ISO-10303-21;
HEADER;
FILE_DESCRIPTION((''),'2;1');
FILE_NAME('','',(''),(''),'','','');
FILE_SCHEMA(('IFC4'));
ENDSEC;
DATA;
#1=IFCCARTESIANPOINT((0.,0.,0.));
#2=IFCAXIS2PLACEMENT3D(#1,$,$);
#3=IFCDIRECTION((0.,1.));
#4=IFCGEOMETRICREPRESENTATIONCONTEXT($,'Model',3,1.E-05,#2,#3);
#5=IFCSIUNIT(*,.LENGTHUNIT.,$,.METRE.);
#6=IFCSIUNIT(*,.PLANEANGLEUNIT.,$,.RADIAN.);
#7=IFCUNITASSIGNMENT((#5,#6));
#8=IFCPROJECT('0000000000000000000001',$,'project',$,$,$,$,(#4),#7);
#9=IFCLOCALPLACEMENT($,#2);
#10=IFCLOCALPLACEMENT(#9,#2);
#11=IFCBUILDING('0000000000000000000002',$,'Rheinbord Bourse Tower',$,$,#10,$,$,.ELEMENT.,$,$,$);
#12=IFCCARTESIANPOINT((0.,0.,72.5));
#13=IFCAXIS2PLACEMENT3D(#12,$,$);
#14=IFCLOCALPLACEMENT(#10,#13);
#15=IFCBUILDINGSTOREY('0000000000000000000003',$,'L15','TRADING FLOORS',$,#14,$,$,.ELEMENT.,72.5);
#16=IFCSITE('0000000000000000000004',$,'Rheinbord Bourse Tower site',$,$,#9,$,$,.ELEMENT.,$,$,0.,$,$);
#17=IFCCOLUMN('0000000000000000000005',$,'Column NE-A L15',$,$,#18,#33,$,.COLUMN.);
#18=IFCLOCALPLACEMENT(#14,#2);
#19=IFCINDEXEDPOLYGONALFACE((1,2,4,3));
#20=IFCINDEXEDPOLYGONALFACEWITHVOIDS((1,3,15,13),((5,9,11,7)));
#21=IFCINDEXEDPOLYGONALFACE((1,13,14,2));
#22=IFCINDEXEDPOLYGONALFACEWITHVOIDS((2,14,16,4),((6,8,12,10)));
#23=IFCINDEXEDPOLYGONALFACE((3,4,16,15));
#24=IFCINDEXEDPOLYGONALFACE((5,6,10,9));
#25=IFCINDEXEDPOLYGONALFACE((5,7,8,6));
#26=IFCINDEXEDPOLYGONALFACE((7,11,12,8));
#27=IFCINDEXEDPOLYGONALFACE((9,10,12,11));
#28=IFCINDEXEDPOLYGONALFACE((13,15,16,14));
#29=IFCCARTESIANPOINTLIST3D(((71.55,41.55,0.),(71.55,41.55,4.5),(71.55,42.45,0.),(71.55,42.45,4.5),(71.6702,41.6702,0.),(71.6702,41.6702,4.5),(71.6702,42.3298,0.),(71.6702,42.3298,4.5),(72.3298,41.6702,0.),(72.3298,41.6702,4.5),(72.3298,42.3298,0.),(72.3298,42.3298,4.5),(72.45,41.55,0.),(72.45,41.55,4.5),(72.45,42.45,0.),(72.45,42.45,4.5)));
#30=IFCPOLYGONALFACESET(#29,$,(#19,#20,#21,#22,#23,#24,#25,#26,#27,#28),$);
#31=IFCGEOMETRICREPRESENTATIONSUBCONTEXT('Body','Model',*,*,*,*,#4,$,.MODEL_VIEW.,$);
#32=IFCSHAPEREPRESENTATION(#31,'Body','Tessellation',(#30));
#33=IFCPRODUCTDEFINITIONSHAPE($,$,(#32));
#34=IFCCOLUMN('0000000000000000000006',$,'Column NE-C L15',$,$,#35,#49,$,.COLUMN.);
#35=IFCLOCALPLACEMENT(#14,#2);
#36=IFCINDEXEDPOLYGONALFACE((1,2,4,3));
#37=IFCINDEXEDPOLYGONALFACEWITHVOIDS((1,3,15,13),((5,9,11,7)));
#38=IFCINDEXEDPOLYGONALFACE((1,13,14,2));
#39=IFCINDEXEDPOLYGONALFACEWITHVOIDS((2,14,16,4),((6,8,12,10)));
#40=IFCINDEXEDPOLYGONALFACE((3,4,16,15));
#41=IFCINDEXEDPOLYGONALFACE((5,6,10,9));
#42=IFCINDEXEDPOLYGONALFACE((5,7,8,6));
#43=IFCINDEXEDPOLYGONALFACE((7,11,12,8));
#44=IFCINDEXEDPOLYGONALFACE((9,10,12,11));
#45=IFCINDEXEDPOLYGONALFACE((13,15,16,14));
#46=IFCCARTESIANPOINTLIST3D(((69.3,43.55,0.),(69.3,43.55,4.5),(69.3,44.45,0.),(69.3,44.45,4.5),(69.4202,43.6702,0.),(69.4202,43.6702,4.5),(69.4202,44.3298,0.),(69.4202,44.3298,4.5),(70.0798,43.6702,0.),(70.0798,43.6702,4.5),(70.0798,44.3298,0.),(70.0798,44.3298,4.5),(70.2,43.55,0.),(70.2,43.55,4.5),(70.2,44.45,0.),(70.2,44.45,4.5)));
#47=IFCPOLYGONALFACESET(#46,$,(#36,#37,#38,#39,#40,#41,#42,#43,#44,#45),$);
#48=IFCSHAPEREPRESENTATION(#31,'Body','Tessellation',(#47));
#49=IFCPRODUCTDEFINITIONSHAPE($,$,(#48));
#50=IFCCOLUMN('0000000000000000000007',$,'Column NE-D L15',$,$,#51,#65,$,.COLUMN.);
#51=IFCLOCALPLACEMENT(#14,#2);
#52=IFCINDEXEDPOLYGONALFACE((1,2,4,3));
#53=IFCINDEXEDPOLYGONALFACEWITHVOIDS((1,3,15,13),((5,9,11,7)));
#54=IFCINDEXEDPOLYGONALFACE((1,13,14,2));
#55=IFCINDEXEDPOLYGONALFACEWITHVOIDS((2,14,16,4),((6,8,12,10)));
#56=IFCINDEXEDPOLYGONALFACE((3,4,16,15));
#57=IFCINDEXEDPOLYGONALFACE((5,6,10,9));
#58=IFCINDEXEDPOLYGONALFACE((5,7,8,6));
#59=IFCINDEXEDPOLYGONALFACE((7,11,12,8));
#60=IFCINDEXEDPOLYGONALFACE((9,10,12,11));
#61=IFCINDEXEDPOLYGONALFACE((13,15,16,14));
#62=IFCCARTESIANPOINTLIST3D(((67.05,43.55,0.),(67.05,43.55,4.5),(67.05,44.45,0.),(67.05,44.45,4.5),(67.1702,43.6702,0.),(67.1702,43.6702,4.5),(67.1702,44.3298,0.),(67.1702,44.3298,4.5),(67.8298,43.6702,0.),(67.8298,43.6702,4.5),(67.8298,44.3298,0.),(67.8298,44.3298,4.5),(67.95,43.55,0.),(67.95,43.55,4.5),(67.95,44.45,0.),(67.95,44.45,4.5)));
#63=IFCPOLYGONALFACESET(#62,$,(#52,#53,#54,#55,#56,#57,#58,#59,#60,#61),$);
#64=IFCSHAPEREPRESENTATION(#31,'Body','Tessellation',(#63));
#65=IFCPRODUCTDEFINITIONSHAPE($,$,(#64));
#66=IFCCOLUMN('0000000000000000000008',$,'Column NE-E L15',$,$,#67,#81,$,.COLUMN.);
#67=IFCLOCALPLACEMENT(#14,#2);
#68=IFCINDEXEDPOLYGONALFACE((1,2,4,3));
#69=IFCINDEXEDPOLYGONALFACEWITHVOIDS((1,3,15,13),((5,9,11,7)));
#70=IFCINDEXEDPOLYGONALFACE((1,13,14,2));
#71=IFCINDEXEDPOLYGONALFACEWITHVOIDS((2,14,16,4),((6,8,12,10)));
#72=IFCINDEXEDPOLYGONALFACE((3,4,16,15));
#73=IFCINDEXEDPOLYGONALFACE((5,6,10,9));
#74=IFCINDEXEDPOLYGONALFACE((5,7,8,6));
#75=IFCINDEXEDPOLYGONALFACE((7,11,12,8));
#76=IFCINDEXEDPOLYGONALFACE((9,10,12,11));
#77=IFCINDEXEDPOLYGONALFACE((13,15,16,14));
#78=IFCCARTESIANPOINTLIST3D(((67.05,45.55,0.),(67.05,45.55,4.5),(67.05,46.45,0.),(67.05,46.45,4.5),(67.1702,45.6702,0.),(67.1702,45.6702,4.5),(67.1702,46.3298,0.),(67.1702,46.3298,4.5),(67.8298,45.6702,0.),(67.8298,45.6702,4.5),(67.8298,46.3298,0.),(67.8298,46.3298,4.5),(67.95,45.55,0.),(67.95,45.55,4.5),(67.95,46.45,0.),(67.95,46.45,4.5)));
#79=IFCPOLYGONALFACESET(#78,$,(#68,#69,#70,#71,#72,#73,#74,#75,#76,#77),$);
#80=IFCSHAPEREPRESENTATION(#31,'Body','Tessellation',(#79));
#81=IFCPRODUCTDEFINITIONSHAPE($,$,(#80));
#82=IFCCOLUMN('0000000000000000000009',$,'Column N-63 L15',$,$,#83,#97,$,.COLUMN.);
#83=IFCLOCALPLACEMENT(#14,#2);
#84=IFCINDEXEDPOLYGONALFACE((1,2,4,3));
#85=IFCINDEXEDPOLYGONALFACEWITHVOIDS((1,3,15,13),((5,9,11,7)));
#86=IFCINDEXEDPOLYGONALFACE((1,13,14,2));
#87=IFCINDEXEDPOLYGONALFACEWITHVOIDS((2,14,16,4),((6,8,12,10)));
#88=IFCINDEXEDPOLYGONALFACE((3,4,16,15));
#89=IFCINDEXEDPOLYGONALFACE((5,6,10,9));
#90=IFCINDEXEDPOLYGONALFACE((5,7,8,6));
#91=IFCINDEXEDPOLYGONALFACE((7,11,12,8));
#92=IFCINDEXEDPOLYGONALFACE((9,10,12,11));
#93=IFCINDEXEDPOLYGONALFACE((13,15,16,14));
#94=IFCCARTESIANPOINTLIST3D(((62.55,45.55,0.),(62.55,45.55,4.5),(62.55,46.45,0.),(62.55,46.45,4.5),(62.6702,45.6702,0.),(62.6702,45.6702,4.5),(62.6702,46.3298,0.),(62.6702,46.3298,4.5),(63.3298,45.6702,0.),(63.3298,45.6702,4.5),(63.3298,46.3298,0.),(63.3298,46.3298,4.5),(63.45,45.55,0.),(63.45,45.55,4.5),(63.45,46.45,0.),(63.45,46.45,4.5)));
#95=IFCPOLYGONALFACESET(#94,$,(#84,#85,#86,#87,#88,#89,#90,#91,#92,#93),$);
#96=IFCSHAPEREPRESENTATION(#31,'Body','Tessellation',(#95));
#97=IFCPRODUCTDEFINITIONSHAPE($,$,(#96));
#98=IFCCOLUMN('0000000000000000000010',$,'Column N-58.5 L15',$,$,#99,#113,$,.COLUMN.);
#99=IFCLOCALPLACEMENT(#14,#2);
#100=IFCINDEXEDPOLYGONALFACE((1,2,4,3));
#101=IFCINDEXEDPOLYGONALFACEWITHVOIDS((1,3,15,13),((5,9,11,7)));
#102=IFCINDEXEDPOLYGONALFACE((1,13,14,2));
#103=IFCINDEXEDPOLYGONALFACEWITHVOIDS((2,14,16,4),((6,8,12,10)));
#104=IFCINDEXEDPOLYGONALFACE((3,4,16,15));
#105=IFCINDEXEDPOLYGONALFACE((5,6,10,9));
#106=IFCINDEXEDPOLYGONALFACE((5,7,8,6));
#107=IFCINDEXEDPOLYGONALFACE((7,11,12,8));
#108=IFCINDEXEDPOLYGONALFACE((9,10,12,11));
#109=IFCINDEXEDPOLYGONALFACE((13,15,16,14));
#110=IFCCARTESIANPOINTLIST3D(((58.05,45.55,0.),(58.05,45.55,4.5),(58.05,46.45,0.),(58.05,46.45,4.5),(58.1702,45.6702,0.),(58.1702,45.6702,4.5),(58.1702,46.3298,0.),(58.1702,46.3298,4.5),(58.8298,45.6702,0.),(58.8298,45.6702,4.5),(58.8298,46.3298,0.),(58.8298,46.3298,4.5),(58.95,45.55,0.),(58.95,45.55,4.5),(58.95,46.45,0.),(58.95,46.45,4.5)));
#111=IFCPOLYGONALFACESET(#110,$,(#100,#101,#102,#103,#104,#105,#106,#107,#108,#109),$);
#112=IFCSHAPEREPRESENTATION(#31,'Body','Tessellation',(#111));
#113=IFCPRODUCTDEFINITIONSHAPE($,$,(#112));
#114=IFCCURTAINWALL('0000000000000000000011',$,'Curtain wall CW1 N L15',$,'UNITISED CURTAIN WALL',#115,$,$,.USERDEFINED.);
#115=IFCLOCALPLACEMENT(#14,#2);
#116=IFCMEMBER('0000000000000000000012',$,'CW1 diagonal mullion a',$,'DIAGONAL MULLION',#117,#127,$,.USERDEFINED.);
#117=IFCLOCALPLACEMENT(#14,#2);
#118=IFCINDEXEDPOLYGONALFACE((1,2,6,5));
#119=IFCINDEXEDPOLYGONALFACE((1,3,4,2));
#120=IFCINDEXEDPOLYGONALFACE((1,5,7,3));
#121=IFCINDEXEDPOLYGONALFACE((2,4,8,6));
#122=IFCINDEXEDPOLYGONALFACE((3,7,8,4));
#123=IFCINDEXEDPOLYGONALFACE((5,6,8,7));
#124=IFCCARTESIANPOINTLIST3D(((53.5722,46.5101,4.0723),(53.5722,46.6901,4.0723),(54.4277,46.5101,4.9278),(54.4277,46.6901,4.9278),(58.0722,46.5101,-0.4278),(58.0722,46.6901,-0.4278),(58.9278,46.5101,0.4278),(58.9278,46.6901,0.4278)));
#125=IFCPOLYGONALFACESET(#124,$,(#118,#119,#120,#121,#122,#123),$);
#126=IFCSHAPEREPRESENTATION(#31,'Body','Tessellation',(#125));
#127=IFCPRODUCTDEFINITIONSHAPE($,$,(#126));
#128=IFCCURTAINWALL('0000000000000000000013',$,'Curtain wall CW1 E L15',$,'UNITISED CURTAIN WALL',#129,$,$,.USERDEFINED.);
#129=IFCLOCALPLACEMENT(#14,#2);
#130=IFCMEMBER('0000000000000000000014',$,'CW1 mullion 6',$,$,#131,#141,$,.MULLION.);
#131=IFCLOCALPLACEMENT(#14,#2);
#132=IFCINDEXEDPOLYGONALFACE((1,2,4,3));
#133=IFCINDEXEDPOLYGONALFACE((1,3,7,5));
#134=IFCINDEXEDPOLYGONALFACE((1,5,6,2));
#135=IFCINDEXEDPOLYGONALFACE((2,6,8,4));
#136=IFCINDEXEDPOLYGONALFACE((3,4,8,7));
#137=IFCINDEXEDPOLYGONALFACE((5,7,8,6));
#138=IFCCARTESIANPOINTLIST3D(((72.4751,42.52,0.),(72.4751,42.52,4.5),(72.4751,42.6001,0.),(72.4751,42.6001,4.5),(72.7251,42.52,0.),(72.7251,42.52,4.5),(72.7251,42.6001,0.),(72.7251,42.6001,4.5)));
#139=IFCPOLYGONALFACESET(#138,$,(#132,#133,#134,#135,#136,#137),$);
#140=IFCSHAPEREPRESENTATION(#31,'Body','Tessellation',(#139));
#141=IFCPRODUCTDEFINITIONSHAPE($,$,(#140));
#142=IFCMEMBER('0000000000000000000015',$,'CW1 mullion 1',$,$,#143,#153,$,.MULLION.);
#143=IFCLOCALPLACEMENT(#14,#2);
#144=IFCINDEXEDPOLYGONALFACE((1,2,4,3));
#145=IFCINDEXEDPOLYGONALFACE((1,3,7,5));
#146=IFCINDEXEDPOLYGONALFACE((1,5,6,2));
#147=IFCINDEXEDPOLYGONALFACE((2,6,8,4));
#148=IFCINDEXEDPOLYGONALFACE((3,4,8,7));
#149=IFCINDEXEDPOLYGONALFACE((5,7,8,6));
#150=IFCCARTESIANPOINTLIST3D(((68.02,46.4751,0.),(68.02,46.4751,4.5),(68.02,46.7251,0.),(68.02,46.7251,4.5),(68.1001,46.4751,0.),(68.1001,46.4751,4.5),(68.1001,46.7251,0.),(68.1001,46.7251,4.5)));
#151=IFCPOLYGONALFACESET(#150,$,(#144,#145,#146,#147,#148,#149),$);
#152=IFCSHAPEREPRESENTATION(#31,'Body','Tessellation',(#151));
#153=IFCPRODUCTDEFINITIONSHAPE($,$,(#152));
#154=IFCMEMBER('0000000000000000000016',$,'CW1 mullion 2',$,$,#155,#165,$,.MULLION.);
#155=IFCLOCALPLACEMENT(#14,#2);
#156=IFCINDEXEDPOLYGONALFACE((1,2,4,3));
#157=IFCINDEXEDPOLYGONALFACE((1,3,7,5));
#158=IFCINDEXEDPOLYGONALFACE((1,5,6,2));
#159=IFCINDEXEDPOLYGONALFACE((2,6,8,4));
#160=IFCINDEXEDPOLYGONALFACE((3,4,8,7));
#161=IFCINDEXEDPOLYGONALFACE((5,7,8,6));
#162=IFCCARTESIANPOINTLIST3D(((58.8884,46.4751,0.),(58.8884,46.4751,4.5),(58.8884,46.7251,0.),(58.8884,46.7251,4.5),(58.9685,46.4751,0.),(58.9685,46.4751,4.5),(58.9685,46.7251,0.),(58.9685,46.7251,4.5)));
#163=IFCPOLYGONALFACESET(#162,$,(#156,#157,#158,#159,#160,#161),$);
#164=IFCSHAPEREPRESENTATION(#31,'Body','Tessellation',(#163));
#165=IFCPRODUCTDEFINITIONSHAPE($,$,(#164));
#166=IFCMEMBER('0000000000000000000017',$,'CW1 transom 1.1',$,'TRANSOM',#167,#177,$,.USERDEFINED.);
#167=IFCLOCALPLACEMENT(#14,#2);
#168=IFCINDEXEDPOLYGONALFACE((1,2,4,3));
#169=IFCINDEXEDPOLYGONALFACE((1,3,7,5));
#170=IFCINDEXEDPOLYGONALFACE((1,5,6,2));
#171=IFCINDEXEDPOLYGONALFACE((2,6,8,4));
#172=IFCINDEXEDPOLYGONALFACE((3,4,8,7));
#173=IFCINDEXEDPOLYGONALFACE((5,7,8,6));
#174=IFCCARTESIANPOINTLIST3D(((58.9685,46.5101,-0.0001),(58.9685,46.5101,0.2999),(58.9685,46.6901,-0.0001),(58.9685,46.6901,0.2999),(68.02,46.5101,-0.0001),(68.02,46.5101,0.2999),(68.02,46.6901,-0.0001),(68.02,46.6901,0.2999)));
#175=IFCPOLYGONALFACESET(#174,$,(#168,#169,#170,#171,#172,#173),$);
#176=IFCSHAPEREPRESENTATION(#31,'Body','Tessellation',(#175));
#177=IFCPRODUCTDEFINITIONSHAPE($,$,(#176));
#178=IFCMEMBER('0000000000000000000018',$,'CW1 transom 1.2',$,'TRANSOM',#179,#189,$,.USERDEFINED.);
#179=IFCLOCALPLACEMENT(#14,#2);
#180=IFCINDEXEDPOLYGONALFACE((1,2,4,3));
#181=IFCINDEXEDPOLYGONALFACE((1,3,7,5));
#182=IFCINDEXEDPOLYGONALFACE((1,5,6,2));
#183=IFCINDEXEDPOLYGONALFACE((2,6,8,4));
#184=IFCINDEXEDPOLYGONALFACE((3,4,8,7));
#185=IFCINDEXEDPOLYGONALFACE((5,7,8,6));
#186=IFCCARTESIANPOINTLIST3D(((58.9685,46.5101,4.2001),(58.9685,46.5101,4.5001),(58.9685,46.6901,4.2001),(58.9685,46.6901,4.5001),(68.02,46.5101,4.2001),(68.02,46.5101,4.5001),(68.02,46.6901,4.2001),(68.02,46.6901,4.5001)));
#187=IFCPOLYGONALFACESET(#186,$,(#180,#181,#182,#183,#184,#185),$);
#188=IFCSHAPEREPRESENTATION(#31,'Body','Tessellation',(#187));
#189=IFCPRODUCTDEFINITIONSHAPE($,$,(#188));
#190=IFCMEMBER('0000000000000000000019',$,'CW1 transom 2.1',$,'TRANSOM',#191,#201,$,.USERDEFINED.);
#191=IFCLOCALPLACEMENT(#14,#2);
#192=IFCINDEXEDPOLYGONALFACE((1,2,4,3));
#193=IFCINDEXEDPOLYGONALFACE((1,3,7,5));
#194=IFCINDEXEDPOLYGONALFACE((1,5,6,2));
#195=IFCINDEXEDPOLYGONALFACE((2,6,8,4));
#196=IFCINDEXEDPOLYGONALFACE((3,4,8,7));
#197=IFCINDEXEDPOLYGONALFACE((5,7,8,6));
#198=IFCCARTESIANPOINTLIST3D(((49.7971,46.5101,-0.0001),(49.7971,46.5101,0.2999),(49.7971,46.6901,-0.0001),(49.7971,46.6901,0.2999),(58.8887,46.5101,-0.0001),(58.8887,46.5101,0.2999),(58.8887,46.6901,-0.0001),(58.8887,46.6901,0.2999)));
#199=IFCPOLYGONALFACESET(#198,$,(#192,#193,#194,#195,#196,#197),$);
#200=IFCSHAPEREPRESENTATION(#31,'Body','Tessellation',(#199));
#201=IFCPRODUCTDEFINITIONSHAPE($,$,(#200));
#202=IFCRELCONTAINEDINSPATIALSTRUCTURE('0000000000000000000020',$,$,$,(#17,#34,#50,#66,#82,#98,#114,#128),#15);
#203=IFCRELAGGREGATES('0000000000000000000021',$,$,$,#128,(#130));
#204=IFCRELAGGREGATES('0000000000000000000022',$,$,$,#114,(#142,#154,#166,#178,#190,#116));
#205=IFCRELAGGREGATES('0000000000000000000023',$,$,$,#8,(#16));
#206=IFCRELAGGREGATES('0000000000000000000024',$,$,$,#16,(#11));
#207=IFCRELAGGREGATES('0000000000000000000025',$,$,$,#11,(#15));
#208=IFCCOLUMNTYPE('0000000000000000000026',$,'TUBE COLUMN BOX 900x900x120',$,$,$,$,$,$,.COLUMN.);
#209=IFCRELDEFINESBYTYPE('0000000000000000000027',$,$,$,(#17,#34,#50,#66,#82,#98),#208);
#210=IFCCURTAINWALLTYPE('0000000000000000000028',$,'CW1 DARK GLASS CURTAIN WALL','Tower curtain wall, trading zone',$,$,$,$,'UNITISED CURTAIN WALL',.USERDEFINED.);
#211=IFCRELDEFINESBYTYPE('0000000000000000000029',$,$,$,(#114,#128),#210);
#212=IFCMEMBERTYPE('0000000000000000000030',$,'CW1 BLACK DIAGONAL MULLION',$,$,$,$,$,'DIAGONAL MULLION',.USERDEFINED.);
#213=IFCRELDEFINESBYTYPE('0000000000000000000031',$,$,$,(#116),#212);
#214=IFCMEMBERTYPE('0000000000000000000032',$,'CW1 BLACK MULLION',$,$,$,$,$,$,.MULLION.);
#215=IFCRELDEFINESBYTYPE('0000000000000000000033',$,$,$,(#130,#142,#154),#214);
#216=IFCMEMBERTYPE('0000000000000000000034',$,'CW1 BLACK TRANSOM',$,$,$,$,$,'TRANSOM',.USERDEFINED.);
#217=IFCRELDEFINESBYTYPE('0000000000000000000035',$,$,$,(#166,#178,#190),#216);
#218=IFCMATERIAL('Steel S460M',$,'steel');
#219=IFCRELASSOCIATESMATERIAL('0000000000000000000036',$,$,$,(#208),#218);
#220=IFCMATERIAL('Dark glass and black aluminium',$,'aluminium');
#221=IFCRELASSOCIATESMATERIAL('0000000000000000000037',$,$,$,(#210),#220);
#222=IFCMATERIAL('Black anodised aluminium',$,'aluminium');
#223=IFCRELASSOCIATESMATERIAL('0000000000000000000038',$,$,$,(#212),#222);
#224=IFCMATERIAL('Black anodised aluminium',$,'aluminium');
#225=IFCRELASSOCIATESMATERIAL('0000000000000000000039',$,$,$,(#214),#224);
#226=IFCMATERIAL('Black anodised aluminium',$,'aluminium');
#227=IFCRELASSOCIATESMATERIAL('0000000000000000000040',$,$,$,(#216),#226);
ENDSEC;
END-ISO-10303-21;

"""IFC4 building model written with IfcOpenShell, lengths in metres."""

from ifc_helpers import new_model, si_unit, direction, frame, origin, origin_2d, place, context, subcontext, project, spatial, rectangle, hollow_rectangle, extrude, material, material_profile, profile_set, type_object, element, aggregate, save


model = new_model("IFC4")

# Units and contexts
model_context = context("Model", 3, precision=1e-05, world=origin(), true_north=direction((0.0, 1.0)))
body_context = subcontext(model_context, "Body", "Model", "MODEL_VIEW")
ifc_project = project(units=[si_unit("LENGTHUNIT", "METRE"), si_unit("PLANEANGLEUNIT", "RADIAN")], contexts=[model_context])

# Site, building, storey
site_placement = place(None, origin())
site = spatial("IfcSite", under=ifc_project, at=site_placement, Name="Rheinbord Bourse Tower site", CompositionType="ELEMENT", RefElevation=0.0)
building_placement = place(site_placement, origin())
building = spatial("IfcBuilding", under=site, at=building_placement, Name="Rheinbord Bourse Tower", CompositionType="ELEMENT")
storey_placement = place(building_placement, frame((0.0, 0.0, 72.5)))
storey = spatial("IfcBuildingStorey", under=building, at=storey_placement, Name="L15", Description="TRADING FLOORS", CompositionType="ELEMENT", Elevation=72.5)

# Columns
ifc_material_1 = material(Name="Steel S460M", Category="steel")
ifc_material_profile_1 = material_profile(ifc_material_1, hollow_rectangle(XDim=0.8999, YDim=0.8999, WallThickness=0.1201, at=origin_2d()), Name="BOX 900x900x120")
ifc_profile_set_1 = profile_set([ifc_material_profile_1], Name="Steel S460M")
column_type = type_object("IfcColumnType", Name="TUBE COLUMN BOX 900x900x120", PredefinedType="COLUMN", material=ifc_profile_set_1)
for number, where, z_axis, x_axis, name in (
    (1, (72.0, 42.0, 0.0), (0.0, 0.0, 1.0), (1.0, 0.0, 0.0), "Column NE-A L15"),
    (2, (69.75, 44.0, 0.0), (0.0, 0.0, 1.0), (1.0, 0.0, 0.0), "Column NE-C L15"),
    (3, (67.5, 44.0, 0.0), (0.0, 0.0, 1.0), (0.0, 1.0, 0.0), "Column NE-D L15"),
    (4, (67.5, 46.0, 0.0), (0.0, 0.0, 1.0), (0.0, 1.0, 0.0), "Column NE-E L15"),
    (5, (63.0, 46.0, 0.0), (0.0, 0.0, 1.0), (0.0, 1.0, 0.0), "Column N-63 L15"),
    (6, (58.5, 46.0, 0.0), (0.0, 0.0, 1.0), (0.0, 1.0, 0.0), "Column N-58.5 L15"),
):
    element("IfcColumn", number, at=place(storey_placement, frame(where, z_axis=z_axis, x_axis=x_axis)), inside=storey, type_object=column_type, Name=name, PredefinedType="COLUMN", context=body_context, shape_type="SweptSolid", body=[
        extrude(hollow_rectangle(XDim=0.8999, YDim=0.8999, WallThickness=0.1201, at=origin_2d()), origin(), (0.0, 0.0, 1.0), 4.5),
    ])

# Curtain walls, members
ifc_material_2 = material(Name="Dark glass and black aluminium", Category="aluminium")
curtain_wall_type = type_object("IfcCurtainWallType", Name="CW1 DARK GLASS CURTAIN WALL", Description="Tower curtain wall, trading zone", ElementType="UNITISED CURTAIN WALL", PredefinedType="USERDEFINED", material=ifc_material_2)
curtain_wall_1_placement = place(storey_placement, origin())
curtain_wall_1 = element("IfcCurtainWall", 7, at=curtain_wall_1_placement, inside=storey, type_object=curtain_wall_type, Name="Curtain wall CW1 N L15", ObjectType="UNITISED CURTAIN WALL", PredefinedType="USERDEFINED")
ifc_material_3 = material(Name="Black anodised aluminium", Category="aluminium")
ifc_material_profile_2 = material_profile(ifc_material_3, rectangle(XDim=0.1799, YDim=1.21, at=origin_2d()), Name="CW1 DIAGONAL MULLION 1210x180")
ifc_profile_set_2 = profile_set([ifc_material_profile_2], Name="Black anodised aluminium")
member_type_1 = type_object("IfcMemberType", Name="CW1 BLACK DIAGONAL MULLION", ElementType="DIAGONAL MULLION", PredefinedType="USERDEFINED", material=ifc_profile_set_2)
member_1_placement = place(storey_placement, frame((58.5, 46.6001, 0.0), z_axis=(-0.707107, 0.0, 0.707107), x_axis=(0.0, -1.0, 0.0)))
member_1 = element("IfcMember", 8, at=member_1_placement, type_object=member_type_1, Name="CW1 diagonal mullion a", ObjectType="DIAGONAL MULLION", PredefinedType="USERDEFINED", context=body_context, shape_type="SweptSolid", body=[
    extrude(rectangle(XDim=0.1799, YDim=1.21, at=origin_2d()), origin(), (0.0, 0.0, 1.0), 6.364),
])
curtain_wall_2_placement = place(storey_placement, origin())
curtain_wall_2 = element("IfcCurtainWall", 9, at=curtain_wall_2_placement, inside=storey, type_object=curtain_wall_type, Name="Curtain wall CW1 E L15", ObjectType="UNITISED CURTAIN WALL", PredefinedType="USERDEFINED")
ifc_material_4 = material(Name="Black anodised aluminium", Category="aluminium")
ifc_material_profile_3 = material_profile(ifc_material_4, rectangle(XDim=0.25, YDim=0.0801, at=origin_2d()), Name="CW1 MULLION 80x250")
ifc_profile_set_3 = profile_set([ifc_material_profile_3], Name="Black anodised aluminium")
member_type_2 = type_object("IfcMemberType", Name="CW1 BLACK MULLION", PredefinedType="MULLION", material=ifc_profile_set_3)
member_2_placement = place(storey_placement, frame((72.6001, 42.5601, 0.0), z_axis=(0.0, 0.0, 1.0), x_axis=(-1.0, 0.0, 0.0)))
member_2 = element("IfcMember", 10, at=member_2_placement, type_object=member_type_2, Name="CW1 mullion 6", PredefinedType="MULLION", context=body_context, shape_type="SweptSolid", body=[
    extrude(rectangle(XDim=0.25, YDim=0.0801, at=origin_2d()), origin(), (0.0, 0.0, 1.0), 4.5),
])

# Members
member_3_placement = place(storey_placement, frame((68.0601, 46.6001, 0.0), z_axis=(0.0, 0.0, 1.0), x_axis=(0.0, -1.0, 0.0)))
member_3 = element("IfcMember", 11, at=member_3_placement, type_object=member_type_2, Name="CW1 mullion 1", PredefinedType="MULLION", context=body_context, shape_type="SweptSolid", body=[
    extrude(rectangle(XDim=0.25, YDim=0.0801, at=origin_2d()), origin(), (0.0, 0.0, 1.0), 4.5),
])
member_4_placement = place(storey_placement, frame((58.9285, 46.6001, 0.0), z_axis=(0.0, 0.0, 1.0), x_axis=(0.0, -1.0, 0.0)))
member_4 = element("IfcMember", 12, at=member_4_placement, type_object=member_type_2, Name="CW1 mullion 2", PredefinedType="MULLION", context=body_context, shape_type="SweptSolid", body=[
    extrude(rectangle(XDim=0.25, YDim=0.0801, at=origin_2d()), origin(), (0.0, 0.0, 1.0), 4.5),
])
ifc_material_5 = material(Name="Black anodised aluminium", Category="aluminium")
ifc_material_profile_4 = material_profile(ifc_material_5, rectangle(XDim=0.1799, YDim=0.3, at=origin_2d()), Name="CW1 TRANSOM 300x180")
ifc_profile_set_4 = profile_set([ifc_material_profile_4], Name="Black anodised aluminium")
member_type_3 = type_object("IfcMemberType", Name="CW1 BLACK TRANSOM", ElementType="TRANSOM", PredefinedType="USERDEFINED", material=ifc_profile_set_4)
member_5_placement = place(storey_placement, frame((68.02, 46.6001, 0.1499), z_axis=(-1.0, 0.0, 0.0), x_axis=(0.0, -1.0, 0.0)))
member_5 = element("IfcMember", 13, at=member_5_placement, type_object=member_type_3, Name="CW1 transom 1.1", ObjectType="TRANSOM", PredefinedType="USERDEFINED", context=body_context, shape_type="SweptSolid", body=[
    extrude(rectangle(XDim=0.1799, YDim=0.3, at=origin_2d()), origin(), (0.0, 0.0, 1.0), 9.0515),
])
member_6_placement = place(storey_placement, frame((68.02, 46.6001, 4.3501), z_axis=(-1.0, 0.0, 0.0), x_axis=(0.0, -1.0, 0.0)))
member_6 = element("IfcMember", 14, at=member_6_placement, type_object=member_type_3, Name="CW1 transom 1.2", ObjectType="TRANSOM", PredefinedType="USERDEFINED", context=body_context, shape_type="SweptSolid", body=[
    extrude(rectangle(XDim=0.1799, YDim=0.3, at=origin_2d()), origin(), (0.0, 0.0, 1.0), 9.0515),
])
member_7_placement = place(storey_placement, frame((58.8887, 46.6001, 0.1499), z_axis=(-1.0, 0.0, 0.0), x_axis=(0.0, -1.0, 0.0)))
member_7 = element("IfcMember", 15, at=member_7_placement, type_object=member_type_3, Name="CW1 transom 2.1", ObjectType="TRANSOM", PredefinedType="USERDEFINED", context=body_context, shape_type="SweptSolid", body=[
    extrude(rectangle(XDim=0.1799, YDim=0.3, at=origin_2d()), origin(), (0.0, 0.0, 1.0), 9.0916),
])

aggregate(curtain_wall_2, [member_2])
aggregate(curtain_wall_1, [member_3, member_4, member_5, member_6, member_7, member_1])

save(model, "model.ifc")
